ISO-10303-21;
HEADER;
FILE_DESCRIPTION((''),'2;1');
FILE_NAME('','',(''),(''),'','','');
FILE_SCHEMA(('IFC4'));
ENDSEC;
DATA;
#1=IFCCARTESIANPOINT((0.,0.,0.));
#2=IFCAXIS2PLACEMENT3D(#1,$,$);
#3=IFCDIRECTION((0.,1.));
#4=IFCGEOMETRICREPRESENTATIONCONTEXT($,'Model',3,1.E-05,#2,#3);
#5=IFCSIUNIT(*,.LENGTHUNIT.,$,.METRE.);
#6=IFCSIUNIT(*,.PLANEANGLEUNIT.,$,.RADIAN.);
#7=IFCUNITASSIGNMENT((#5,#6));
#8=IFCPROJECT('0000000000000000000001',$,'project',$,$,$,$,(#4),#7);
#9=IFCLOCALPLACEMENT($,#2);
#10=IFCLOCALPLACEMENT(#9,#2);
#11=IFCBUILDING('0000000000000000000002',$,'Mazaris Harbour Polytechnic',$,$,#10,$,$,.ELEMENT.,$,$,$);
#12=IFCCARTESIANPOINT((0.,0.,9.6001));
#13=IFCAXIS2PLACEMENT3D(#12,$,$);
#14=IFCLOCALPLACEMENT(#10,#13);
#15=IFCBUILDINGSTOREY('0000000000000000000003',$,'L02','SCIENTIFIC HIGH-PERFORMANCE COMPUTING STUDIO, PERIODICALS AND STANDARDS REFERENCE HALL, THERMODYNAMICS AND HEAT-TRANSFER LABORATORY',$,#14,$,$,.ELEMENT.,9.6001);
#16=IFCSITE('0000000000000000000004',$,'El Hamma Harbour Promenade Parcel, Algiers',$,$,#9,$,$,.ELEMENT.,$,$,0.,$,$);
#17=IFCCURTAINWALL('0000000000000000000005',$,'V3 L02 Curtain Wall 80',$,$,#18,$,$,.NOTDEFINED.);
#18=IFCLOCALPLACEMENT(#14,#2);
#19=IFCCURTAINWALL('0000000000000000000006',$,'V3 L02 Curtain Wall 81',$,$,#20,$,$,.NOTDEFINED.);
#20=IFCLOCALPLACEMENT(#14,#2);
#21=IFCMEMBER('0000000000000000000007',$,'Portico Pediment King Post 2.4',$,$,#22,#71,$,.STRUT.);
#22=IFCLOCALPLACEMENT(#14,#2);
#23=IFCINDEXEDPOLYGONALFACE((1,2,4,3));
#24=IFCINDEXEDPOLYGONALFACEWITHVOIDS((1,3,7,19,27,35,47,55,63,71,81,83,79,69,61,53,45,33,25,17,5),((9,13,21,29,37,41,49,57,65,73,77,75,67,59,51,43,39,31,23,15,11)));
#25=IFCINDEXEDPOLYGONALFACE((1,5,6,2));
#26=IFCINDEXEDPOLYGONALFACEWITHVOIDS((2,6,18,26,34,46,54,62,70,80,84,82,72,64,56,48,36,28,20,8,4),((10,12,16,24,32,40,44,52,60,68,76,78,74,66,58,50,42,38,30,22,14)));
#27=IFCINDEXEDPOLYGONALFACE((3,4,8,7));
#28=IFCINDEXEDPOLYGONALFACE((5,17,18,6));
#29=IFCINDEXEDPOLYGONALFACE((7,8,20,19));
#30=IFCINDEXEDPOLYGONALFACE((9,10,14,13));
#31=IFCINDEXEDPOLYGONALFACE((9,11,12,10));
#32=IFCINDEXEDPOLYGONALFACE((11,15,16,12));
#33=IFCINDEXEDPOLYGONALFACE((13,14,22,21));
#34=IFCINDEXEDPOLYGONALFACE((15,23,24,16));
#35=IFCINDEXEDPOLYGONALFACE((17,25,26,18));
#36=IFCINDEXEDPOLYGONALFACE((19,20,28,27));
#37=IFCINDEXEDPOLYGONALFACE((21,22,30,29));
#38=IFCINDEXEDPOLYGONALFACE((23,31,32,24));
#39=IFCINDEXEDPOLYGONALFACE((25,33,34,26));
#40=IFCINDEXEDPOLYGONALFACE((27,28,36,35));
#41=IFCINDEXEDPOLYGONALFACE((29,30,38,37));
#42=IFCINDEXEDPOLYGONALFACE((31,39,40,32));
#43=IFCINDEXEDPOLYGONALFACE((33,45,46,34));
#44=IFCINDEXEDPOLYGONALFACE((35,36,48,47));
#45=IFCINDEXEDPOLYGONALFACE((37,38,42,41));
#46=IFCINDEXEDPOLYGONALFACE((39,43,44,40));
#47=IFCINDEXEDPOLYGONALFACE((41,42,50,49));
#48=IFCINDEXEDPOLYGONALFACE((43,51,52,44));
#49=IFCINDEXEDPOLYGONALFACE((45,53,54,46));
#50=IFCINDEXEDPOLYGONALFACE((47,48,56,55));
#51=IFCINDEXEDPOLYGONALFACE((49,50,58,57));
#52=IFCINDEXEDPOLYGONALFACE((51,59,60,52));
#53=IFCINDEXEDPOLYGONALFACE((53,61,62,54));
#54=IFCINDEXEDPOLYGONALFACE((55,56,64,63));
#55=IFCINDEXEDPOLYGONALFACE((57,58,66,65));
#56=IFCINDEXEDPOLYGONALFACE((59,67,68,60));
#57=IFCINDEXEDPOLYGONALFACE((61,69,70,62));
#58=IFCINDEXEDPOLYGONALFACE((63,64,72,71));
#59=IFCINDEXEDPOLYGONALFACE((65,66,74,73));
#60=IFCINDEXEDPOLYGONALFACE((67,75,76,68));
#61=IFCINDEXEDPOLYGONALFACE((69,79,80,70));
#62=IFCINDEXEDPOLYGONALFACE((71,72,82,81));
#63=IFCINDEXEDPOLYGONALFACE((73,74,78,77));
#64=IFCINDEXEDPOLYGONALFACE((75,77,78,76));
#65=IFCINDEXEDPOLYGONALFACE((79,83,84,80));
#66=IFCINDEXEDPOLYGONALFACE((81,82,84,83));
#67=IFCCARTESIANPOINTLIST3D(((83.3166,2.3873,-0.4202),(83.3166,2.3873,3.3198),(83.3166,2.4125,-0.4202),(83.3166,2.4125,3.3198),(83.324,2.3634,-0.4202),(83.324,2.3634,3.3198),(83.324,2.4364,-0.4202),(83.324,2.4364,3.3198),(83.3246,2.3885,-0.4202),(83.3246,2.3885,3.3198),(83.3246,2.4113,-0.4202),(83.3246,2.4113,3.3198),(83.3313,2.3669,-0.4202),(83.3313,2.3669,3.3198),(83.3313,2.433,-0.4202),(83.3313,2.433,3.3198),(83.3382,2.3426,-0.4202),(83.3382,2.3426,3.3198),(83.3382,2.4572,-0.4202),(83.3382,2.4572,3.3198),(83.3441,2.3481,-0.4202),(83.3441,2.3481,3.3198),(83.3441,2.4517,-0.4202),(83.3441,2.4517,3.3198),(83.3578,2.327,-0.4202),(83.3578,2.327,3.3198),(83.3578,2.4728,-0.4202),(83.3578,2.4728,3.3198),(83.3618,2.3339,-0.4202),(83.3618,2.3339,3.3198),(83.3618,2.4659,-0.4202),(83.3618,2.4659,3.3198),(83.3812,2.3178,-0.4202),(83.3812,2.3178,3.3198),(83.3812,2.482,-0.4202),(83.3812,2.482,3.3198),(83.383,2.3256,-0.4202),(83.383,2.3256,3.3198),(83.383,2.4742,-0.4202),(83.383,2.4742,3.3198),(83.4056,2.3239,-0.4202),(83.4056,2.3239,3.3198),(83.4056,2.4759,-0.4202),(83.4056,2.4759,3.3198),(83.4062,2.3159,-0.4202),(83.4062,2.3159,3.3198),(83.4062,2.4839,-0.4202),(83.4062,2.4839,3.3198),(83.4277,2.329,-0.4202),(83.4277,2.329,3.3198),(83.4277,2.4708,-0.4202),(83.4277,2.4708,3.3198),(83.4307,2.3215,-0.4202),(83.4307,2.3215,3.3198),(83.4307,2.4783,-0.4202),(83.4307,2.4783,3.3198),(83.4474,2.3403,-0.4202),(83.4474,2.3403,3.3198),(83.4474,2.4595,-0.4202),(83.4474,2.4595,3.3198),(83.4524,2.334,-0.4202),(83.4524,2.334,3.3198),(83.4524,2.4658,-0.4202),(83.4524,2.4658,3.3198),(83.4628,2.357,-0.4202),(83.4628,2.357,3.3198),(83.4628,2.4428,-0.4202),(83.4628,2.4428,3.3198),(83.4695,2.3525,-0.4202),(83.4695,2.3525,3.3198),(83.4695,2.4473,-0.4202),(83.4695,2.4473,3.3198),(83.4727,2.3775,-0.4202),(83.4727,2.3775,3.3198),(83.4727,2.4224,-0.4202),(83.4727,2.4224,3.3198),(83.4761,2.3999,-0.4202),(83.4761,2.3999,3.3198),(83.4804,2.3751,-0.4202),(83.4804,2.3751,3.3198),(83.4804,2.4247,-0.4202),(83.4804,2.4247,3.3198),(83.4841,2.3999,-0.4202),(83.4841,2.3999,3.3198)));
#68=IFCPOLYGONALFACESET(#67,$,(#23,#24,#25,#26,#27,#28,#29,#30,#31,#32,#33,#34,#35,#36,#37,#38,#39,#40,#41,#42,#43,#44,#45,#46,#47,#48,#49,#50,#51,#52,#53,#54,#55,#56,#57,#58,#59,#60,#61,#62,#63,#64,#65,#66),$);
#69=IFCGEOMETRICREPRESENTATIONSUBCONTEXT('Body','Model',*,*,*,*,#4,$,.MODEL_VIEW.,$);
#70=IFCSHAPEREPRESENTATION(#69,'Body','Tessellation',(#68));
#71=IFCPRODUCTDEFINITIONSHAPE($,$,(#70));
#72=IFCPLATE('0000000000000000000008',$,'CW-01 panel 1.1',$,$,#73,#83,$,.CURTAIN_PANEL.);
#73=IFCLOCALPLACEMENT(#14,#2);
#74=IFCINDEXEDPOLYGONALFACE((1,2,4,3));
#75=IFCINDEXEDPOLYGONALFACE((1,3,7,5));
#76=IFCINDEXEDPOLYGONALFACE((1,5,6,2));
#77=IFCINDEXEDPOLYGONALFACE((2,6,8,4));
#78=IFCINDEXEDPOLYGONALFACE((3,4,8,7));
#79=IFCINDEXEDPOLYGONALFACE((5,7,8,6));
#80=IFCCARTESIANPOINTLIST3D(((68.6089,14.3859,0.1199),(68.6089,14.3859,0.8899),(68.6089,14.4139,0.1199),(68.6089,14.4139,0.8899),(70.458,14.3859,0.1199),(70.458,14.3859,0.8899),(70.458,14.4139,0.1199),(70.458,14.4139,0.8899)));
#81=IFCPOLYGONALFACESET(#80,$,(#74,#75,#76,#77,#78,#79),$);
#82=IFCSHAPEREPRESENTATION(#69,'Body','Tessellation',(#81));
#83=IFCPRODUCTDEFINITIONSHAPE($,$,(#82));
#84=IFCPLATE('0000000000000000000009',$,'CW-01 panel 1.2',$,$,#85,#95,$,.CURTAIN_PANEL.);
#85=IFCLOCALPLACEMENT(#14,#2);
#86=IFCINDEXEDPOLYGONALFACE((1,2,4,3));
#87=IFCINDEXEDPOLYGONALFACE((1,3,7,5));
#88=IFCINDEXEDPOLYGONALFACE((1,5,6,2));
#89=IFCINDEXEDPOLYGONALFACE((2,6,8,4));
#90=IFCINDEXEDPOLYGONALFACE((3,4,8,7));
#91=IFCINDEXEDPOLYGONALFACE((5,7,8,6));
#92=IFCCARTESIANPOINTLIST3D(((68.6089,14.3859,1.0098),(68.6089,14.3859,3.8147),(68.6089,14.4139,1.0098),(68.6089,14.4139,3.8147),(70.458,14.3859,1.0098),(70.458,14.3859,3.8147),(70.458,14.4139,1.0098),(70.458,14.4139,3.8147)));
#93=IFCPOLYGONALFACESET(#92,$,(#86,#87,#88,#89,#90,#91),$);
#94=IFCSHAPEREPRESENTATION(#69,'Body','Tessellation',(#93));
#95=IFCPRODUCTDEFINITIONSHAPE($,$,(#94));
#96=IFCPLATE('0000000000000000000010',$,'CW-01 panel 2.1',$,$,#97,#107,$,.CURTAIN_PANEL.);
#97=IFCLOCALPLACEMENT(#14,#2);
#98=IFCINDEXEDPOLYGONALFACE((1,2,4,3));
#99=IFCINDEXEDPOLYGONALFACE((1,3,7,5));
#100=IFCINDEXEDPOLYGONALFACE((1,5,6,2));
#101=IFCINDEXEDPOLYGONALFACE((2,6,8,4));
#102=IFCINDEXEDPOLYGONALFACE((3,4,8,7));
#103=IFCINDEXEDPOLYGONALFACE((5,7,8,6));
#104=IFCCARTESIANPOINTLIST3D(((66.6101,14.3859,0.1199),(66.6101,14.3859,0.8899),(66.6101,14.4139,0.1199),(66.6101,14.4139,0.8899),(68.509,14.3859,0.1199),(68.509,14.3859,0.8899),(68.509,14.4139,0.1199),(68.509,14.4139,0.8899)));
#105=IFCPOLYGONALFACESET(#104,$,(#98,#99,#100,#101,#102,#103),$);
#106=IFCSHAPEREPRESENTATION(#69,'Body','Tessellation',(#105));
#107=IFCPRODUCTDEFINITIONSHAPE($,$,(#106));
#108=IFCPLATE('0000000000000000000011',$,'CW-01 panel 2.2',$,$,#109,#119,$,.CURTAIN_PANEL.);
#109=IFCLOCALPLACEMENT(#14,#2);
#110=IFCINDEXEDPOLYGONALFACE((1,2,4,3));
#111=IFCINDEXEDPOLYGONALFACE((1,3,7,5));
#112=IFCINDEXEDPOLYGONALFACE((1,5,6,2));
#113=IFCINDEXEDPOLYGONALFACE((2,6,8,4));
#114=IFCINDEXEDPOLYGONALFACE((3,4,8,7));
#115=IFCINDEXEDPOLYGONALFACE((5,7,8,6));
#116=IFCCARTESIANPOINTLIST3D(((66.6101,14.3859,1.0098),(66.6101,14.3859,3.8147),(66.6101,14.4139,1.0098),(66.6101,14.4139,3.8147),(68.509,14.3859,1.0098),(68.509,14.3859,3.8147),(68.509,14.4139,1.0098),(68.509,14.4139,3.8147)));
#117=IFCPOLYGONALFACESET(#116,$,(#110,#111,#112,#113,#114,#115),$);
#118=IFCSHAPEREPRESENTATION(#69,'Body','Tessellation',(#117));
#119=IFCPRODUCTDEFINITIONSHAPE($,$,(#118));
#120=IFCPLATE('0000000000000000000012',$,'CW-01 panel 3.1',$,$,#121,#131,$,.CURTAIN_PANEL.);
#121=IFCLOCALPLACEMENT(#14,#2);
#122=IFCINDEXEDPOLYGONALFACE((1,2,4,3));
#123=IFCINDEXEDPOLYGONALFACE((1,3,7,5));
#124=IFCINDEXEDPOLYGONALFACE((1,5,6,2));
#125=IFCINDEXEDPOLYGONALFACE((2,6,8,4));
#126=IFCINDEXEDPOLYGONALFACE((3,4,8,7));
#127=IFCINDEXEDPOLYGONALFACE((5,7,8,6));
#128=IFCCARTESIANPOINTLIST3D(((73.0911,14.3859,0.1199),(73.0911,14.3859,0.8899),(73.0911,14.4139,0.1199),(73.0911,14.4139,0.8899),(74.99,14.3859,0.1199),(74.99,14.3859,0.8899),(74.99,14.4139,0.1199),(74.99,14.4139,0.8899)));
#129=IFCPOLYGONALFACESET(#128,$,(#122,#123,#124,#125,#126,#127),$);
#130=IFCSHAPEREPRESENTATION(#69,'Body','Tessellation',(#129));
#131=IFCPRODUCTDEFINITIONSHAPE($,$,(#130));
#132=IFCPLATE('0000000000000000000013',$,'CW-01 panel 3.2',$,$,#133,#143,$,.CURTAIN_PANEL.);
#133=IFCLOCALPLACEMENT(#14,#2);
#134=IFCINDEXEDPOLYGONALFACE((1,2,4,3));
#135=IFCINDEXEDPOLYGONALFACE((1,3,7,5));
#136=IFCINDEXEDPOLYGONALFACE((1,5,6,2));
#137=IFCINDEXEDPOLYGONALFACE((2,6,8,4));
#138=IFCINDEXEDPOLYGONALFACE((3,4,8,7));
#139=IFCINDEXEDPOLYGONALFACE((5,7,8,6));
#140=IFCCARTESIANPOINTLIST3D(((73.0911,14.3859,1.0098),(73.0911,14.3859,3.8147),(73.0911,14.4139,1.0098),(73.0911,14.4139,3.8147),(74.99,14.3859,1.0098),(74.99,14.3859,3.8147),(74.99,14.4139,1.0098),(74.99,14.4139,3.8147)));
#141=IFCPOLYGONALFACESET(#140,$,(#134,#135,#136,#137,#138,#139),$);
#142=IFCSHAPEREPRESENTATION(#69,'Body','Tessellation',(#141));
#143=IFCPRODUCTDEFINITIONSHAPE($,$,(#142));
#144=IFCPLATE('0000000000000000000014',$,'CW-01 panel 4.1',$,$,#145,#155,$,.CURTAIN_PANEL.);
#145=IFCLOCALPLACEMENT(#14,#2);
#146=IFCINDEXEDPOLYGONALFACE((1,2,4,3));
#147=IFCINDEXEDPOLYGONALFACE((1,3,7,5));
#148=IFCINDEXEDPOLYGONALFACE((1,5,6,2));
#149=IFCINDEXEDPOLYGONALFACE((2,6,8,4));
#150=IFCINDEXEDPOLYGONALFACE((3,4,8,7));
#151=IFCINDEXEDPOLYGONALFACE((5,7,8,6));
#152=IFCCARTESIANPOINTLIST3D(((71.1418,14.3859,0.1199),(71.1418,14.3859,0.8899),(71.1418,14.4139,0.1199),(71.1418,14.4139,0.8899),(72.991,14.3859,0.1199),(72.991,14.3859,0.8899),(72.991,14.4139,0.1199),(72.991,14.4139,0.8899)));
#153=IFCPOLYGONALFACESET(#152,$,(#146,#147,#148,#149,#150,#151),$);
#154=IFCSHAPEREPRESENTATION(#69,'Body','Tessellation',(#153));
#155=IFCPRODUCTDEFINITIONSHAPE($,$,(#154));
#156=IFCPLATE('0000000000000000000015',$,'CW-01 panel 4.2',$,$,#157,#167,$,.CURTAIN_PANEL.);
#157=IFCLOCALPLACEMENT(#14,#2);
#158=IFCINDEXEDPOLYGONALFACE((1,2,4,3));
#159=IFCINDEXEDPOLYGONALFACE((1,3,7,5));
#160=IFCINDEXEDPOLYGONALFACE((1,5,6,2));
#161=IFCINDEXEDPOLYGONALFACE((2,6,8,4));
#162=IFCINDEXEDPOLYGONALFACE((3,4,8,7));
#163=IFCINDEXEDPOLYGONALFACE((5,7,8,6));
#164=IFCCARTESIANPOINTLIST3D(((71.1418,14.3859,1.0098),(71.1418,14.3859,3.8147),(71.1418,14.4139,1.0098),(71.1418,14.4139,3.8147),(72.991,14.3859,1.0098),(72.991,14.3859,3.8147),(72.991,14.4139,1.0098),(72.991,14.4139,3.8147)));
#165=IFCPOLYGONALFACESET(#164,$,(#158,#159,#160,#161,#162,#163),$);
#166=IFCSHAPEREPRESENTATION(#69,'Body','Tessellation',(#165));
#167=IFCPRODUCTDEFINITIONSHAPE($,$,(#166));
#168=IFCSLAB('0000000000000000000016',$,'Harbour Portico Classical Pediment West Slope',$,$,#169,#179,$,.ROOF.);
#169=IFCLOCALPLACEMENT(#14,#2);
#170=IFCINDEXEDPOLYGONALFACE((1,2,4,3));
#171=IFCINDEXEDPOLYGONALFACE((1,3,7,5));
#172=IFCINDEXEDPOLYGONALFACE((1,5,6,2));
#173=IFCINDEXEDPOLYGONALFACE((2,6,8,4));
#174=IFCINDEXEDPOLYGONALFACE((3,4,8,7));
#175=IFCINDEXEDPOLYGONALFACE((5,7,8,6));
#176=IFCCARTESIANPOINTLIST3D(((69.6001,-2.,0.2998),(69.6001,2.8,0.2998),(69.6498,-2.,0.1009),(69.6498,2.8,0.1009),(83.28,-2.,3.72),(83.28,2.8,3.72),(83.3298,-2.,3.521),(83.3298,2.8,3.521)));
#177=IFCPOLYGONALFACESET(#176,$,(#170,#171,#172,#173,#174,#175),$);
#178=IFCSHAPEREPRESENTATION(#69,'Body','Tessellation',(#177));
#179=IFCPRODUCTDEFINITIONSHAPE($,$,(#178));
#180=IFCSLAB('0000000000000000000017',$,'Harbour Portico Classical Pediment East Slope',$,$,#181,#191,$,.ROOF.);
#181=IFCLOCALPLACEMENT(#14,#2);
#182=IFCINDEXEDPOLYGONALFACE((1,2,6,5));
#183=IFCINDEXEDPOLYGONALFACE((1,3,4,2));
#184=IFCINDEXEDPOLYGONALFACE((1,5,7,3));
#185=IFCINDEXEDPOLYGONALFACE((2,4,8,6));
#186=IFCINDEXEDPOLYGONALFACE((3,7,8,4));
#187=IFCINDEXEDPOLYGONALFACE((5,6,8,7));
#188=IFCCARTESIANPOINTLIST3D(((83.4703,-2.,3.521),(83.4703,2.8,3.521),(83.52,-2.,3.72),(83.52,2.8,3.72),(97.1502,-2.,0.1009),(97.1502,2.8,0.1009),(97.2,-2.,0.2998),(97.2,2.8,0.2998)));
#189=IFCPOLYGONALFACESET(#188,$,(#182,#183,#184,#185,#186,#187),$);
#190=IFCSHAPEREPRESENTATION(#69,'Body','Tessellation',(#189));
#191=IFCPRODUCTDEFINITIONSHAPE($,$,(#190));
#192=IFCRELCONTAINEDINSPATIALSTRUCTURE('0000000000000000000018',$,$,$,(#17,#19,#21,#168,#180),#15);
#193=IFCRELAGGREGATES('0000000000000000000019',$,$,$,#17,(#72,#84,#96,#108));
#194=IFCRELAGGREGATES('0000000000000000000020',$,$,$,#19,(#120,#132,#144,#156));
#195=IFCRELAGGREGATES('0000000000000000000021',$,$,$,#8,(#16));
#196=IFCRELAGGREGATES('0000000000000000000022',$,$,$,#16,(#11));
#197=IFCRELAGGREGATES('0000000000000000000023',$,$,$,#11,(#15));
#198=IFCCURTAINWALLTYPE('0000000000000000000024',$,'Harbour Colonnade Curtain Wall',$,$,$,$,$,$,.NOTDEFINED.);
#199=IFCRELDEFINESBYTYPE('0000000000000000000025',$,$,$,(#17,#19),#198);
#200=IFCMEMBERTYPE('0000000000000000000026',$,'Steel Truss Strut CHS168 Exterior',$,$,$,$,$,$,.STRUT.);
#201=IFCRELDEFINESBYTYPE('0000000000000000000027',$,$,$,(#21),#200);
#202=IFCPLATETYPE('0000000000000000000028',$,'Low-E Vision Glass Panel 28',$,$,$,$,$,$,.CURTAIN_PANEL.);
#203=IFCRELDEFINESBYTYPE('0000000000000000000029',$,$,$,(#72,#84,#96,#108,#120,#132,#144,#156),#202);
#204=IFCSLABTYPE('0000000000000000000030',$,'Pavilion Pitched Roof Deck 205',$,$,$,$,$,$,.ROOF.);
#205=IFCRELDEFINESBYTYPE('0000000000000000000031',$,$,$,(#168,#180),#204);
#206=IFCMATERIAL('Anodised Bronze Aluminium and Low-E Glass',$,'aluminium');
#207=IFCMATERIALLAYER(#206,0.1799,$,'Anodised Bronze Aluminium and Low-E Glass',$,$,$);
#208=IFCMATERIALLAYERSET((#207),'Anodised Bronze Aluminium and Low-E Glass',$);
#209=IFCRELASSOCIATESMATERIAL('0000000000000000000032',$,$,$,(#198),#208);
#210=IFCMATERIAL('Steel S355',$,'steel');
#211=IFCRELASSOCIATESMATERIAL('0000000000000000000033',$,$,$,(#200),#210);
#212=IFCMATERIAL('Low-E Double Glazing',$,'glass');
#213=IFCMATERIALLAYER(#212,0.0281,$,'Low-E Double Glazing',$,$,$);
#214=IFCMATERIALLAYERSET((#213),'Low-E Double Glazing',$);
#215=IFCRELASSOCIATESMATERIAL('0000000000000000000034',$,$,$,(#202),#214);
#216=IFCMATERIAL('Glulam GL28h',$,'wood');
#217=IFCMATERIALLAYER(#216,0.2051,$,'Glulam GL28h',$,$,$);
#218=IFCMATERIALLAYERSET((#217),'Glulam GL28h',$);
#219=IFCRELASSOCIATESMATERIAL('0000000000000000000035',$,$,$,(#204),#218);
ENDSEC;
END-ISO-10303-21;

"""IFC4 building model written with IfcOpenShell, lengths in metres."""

from ifc_helpers import new_model, si_unit, direction, frame, origin, origin_2d, place, context, subcontext, project, spatial, polyline, rectangle, hollow_circle, outline, extrude, material, layer, layer_set, material_profile, profile_set, type_object, element, aggregate, save


model = new_model("IFC4")

# Units and contexts
model_context = context("Model", 3, precision=1e-05, world=origin(), true_north=direction((0.0, 1.0)))
body_context = subcontext(model_context, "Body", "Model", "MODEL_VIEW")
ifc_project = project(units=[si_unit("LENGTHUNIT", "METRE"), si_unit("PLANEANGLEUNIT", "RADIAN")], contexts=[model_context])

# Site, building, storey
site_placement = place(None, origin())
site = spatial("IfcSite", under=ifc_project, at=site_placement, Name="El Hamma Harbour Promenade Parcel, Algiers", CompositionType="ELEMENT", RefElevation=0.0)
building_placement = place(site_placement, origin())
building = spatial("IfcBuilding", under=site, at=building_placement, Name="Mazaris Harbour Polytechnic", CompositionType="ELEMENT")
storey_placement = place(building_placement, frame((0.0, 0.0, 9.6001)))
storey = spatial("IfcBuildingStorey", under=building, at=storey_placement, Name="L02", Description="SCIENTIFIC HIGH-PERFORMANCE COMPUTING STUDIO, PERIODICALS AND STANDARDS REFERENCE HALL, THERMODYNAMICS AND HEAT-TRANSFER LABORATORY", CompositionType="ELEMENT", Elevation=9.6001)

# Curtain walls
ifc_material_1 = material(Name="Anodised Bronze Aluminium and Low-E Glass", Category="aluminium")
ifc_layer_1 = layer(ifc_material_1, 0.1799, Name="Anodised Bronze Aluminium and Low-E Glass")
ifc_layer_set_1 = layer_set([ifc_layer_1], Name="Anodised Bronze Aluminium and Low-E Glass")
curtain_wall_type = type_object("IfcCurtainWallType", Name="Harbour Colonnade Curtain Wall", PredefinedType="NOTDEFINED", material=ifc_layer_set_1)
curtain_wall_1_placement = place(storey_placement, origin())
curtain_wall_1 = element("IfcCurtainWall", 1, at=curtain_wall_1_placement, inside=storey, type_object=curtain_wall_type, Name="V3 L02 Curtain Wall 80", PredefinedType="NOTDEFINED")
curtain_wall_2_placement = place(storey_placement, origin())
curtain_wall_2 = element("IfcCurtainWall", 2, at=curtain_wall_2_placement, inside=storey, type_object=curtain_wall_type, Name="V3 L02 Curtain Wall 81", PredefinedType="NOTDEFINED")

# Member
ifc_material_2 = material(Name="Steel S355", Category="steel")
ifc_material_profile_1 = material_profile(ifc_material_2, hollow_circle(Radius=0.0842, WallThickness=0.0081, at=origin_2d()), Name="CHS 168.3x8.0")
ifc_profile_set_1 = profile_set([ifc_material_profile_1], Name="Steel S355")
member_type_1 = type_object("IfcMemberType", Name="Steel Truss Strut CHS168 Exterior", PredefinedType="STRUT", material=ifc_profile_set_1)
member_1_placement = place(storey_placement, frame((83.3999, 2.3999, -0.4202), z_axis=(0.0, 0.0, 1.0), x_axis=(1.0, 0.0, 0.0)))
element("IfcMember", 3, at=member_1_placement, inside=storey, type_object=member_type_1, Name="Portico Pediment King Post 2.4", PredefinedType="STRUT", context=body_context, shape_type="SweptSolid", body=[
    extrude(hollow_circle(Radius=0.0842, WallThickness=0.0081, at=origin_2d()), origin(), (0.0, 0.0, 1.0), 3.74),
])

# Plates
ifc_material_3 = material(Name="Low-E Double Glazing", Category="glass")
ifc_layer_2 = layer(ifc_material_3, 0.0281, Name="Low-E Double Glazing")
ifc_layer_set_2 = layer_set([ifc_layer_2], Name="Low-E Double Glazing")
plate_type = type_object("IfcPlateType", Name="Low-E Vision Glass Panel 28", PredefinedType="CURTAIN_PANEL", material=ifc_layer_set_2)
plate_1_placement = place(storey_placement, frame((69.5334, 14.3999, 0.1199), z_axis=(0.0, 0.0, 1.0), x_axis=(-1.0, 0.0, 0.0)))
plate_1 = element("IfcPlate", 4, at=plate_1_placement, type_object=plate_type, Name="CW-01 panel 1.1", PredefinedType="CURTAIN_PANEL", context=body_context, shape_type="SweptSolid", body=[
    extrude(rectangle(XDim=1.8491, YDim=0.0281, at=origin_2d()), origin(), (0.0, 0.0, 1.0), 0.77),
])
plate_2_placement = place(storey_placement, frame((69.5334, 14.3999, 1.0098), z_axis=(0.0, 0.0, 1.0), x_axis=(-1.0, 0.0, 0.0)))
plate_2 = element("IfcPlate", 5, at=plate_2_placement, type_object=plate_type, Name="CW-01 panel 1.2", PredefinedType="CURTAIN_PANEL", context=body_context, shape_type="SweptSolid", body=[
    extrude(rectangle(XDim=1.8491, YDim=0.0281, at=origin_2d()), origin(), (0.0, 0.0, 1.0), 2.8049),
])
plate_3_placement = place(storey_placement, frame((67.5596, 14.3999, 0.1199), z_axis=(0.0, 0.0, 1.0), x_axis=(-1.0, 0.0, 0.0)))
plate_3 = element("IfcPlate", 6, at=plate_3_placement, type_object=plate_type, Name="CW-01 panel 2.1", PredefinedType="CURTAIN_PANEL", context=body_context, shape_type="SweptSolid", body=[
    extrude(rectangle(XDim=1.8989, YDim=0.0281, at=origin_2d()), origin(), (0.0, 0.0, 1.0), 0.77),
])
plate_4_placement = place(storey_placement, frame((67.5596, 14.3999, 1.0098), z_axis=(0.0, 0.0, 1.0), x_axis=(-1.0, 0.0, 0.0)))
plate_4 = element("IfcPlate", 7, at=plate_4_placement, type_object=plate_type, Name="CW-01 panel 2.2", PredefinedType="CURTAIN_PANEL", context=body_context, shape_type="SweptSolid", body=[
    extrude(rectangle(XDim=1.8989, YDim=0.0281, at=origin_2d()), origin(), (0.0, 0.0, 1.0), 2.8049),
])
aggregate(curtain_wall_1, [plate_1, plate_2, plate_3, plate_4])
plate_5_placement = place(storey_placement, frame((74.0405, 14.3999, 0.1199), z_axis=(0.0, 0.0, 1.0), x_axis=(-1.0, 0.0, 0.0)))
plate_5 = element("IfcPlate", 8, at=plate_5_placement, type_object=plate_type, Name="CW-01 panel 3.1", PredefinedType="CURTAIN_PANEL", context=body_context, shape_type="SweptSolid", body=[
    extrude(rectangle(XDim=1.8989, YDim=0.0281, at=origin_2d()), origin(), (0.0, 0.0, 1.0), 0.77),
])
plate_6_placement = place(storey_placement, frame((74.0405, 14.3999, 1.0098), z_axis=(0.0, 0.0, 1.0), x_axis=(-1.0, 0.0, 0.0)))
plate_6 = element("IfcPlate", 9, at=plate_6_placement, type_object=plate_type, Name="CW-01 panel 3.2", PredefinedType="CURTAIN_PANEL", context=body_context, shape_type="SweptSolid", body=[
    extrude(rectangle(XDim=1.8989, YDim=0.0281, at=origin_2d()), origin(), (0.0, 0.0, 1.0), 2.8049),
])
plate_7_placement = place(storey_placement, frame((72.0664, 14.3999, 0.1199), z_axis=(0.0, 0.0, 1.0), x_axis=(-1.0, 0.0, 0.0)))
plate_7 = element("IfcPlate", 10, at=plate_7_placement, type_object=plate_type, Name="CW-01 panel 4.1", PredefinedType="CURTAIN_PANEL", context=body_context, shape_type="SweptSolid", body=[
    extrude(rectangle(XDim=1.8491, YDim=0.0281, at=origin_2d()), origin(), (0.0, 0.0, 1.0), 0.77),
])
plate_8_placement = place(storey_placement, frame((72.0664, 14.3999, 1.0098), z_axis=(0.0, 0.0, 1.0), x_axis=(-1.0, 0.0, 0.0)))
plate_8 = element("IfcPlate", 11, at=plate_8_placement, type_object=plate_type, Name="CW-01 panel 4.2", PredefinedType="CURTAIN_PANEL", context=body_context, shape_type="SweptSolid", body=[
    extrude(rectangle(XDim=1.8491, YDim=0.0281, at=origin_2d()), origin(), (0.0, 0.0, 1.0), 2.8049),
])
aggregate(curtain_wall_2, [plate_5, plate_6, plate_7, plate_8])

# Slabs
ifc_material_4 = material(Name="Glulam GL28h", Category="wood")
ifc_layer_3 = layer(ifc_material_4, 0.2051, Name="Glulam GL28h")
ifc_layer_set_3 = layer_set([ifc_layer_3], Name="Glulam GL28h")
slab_type = type_object("IfcSlabType", Name="Pavilion Pitched Roof Deck 205", PredefinedType="ROOF", material=ifc_layer_set_3)
for number, where, z_axis, x_axis, name in (
    (12, (69.6001, -2.0, 0.2998), (-0.242548, 0.0, 0.970139), (0.0, 1.0, 0.0), "Harbour Portico Classical Pediment West Slope"),
    (13, (83.52, -2.0, 3.72), (0.242548, 0.0, 0.970139), (0.0, 1.0, 0.0), "Harbour Portico Classical Pediment East Slope"),
):
    element("IfcSlab", number, at=place(storey_placement, frame(where, z_axis=z_axis, x_axis=x_axis)), inside=storey, type_object=slab_type, Name=name, PredefinedType="ROOF", context=body_context, shape_type="SweptSolid", body=[
        extrude(outline(polyline([(0.0, 0.0), (4.8, 0.0), (4.8, -14.101), (0.0, -14.101), (0.0, 0.0)])), origin(), (0.0, 0.0, -1.0), 0.2051),
    ])

save(model, "model.ifc")
